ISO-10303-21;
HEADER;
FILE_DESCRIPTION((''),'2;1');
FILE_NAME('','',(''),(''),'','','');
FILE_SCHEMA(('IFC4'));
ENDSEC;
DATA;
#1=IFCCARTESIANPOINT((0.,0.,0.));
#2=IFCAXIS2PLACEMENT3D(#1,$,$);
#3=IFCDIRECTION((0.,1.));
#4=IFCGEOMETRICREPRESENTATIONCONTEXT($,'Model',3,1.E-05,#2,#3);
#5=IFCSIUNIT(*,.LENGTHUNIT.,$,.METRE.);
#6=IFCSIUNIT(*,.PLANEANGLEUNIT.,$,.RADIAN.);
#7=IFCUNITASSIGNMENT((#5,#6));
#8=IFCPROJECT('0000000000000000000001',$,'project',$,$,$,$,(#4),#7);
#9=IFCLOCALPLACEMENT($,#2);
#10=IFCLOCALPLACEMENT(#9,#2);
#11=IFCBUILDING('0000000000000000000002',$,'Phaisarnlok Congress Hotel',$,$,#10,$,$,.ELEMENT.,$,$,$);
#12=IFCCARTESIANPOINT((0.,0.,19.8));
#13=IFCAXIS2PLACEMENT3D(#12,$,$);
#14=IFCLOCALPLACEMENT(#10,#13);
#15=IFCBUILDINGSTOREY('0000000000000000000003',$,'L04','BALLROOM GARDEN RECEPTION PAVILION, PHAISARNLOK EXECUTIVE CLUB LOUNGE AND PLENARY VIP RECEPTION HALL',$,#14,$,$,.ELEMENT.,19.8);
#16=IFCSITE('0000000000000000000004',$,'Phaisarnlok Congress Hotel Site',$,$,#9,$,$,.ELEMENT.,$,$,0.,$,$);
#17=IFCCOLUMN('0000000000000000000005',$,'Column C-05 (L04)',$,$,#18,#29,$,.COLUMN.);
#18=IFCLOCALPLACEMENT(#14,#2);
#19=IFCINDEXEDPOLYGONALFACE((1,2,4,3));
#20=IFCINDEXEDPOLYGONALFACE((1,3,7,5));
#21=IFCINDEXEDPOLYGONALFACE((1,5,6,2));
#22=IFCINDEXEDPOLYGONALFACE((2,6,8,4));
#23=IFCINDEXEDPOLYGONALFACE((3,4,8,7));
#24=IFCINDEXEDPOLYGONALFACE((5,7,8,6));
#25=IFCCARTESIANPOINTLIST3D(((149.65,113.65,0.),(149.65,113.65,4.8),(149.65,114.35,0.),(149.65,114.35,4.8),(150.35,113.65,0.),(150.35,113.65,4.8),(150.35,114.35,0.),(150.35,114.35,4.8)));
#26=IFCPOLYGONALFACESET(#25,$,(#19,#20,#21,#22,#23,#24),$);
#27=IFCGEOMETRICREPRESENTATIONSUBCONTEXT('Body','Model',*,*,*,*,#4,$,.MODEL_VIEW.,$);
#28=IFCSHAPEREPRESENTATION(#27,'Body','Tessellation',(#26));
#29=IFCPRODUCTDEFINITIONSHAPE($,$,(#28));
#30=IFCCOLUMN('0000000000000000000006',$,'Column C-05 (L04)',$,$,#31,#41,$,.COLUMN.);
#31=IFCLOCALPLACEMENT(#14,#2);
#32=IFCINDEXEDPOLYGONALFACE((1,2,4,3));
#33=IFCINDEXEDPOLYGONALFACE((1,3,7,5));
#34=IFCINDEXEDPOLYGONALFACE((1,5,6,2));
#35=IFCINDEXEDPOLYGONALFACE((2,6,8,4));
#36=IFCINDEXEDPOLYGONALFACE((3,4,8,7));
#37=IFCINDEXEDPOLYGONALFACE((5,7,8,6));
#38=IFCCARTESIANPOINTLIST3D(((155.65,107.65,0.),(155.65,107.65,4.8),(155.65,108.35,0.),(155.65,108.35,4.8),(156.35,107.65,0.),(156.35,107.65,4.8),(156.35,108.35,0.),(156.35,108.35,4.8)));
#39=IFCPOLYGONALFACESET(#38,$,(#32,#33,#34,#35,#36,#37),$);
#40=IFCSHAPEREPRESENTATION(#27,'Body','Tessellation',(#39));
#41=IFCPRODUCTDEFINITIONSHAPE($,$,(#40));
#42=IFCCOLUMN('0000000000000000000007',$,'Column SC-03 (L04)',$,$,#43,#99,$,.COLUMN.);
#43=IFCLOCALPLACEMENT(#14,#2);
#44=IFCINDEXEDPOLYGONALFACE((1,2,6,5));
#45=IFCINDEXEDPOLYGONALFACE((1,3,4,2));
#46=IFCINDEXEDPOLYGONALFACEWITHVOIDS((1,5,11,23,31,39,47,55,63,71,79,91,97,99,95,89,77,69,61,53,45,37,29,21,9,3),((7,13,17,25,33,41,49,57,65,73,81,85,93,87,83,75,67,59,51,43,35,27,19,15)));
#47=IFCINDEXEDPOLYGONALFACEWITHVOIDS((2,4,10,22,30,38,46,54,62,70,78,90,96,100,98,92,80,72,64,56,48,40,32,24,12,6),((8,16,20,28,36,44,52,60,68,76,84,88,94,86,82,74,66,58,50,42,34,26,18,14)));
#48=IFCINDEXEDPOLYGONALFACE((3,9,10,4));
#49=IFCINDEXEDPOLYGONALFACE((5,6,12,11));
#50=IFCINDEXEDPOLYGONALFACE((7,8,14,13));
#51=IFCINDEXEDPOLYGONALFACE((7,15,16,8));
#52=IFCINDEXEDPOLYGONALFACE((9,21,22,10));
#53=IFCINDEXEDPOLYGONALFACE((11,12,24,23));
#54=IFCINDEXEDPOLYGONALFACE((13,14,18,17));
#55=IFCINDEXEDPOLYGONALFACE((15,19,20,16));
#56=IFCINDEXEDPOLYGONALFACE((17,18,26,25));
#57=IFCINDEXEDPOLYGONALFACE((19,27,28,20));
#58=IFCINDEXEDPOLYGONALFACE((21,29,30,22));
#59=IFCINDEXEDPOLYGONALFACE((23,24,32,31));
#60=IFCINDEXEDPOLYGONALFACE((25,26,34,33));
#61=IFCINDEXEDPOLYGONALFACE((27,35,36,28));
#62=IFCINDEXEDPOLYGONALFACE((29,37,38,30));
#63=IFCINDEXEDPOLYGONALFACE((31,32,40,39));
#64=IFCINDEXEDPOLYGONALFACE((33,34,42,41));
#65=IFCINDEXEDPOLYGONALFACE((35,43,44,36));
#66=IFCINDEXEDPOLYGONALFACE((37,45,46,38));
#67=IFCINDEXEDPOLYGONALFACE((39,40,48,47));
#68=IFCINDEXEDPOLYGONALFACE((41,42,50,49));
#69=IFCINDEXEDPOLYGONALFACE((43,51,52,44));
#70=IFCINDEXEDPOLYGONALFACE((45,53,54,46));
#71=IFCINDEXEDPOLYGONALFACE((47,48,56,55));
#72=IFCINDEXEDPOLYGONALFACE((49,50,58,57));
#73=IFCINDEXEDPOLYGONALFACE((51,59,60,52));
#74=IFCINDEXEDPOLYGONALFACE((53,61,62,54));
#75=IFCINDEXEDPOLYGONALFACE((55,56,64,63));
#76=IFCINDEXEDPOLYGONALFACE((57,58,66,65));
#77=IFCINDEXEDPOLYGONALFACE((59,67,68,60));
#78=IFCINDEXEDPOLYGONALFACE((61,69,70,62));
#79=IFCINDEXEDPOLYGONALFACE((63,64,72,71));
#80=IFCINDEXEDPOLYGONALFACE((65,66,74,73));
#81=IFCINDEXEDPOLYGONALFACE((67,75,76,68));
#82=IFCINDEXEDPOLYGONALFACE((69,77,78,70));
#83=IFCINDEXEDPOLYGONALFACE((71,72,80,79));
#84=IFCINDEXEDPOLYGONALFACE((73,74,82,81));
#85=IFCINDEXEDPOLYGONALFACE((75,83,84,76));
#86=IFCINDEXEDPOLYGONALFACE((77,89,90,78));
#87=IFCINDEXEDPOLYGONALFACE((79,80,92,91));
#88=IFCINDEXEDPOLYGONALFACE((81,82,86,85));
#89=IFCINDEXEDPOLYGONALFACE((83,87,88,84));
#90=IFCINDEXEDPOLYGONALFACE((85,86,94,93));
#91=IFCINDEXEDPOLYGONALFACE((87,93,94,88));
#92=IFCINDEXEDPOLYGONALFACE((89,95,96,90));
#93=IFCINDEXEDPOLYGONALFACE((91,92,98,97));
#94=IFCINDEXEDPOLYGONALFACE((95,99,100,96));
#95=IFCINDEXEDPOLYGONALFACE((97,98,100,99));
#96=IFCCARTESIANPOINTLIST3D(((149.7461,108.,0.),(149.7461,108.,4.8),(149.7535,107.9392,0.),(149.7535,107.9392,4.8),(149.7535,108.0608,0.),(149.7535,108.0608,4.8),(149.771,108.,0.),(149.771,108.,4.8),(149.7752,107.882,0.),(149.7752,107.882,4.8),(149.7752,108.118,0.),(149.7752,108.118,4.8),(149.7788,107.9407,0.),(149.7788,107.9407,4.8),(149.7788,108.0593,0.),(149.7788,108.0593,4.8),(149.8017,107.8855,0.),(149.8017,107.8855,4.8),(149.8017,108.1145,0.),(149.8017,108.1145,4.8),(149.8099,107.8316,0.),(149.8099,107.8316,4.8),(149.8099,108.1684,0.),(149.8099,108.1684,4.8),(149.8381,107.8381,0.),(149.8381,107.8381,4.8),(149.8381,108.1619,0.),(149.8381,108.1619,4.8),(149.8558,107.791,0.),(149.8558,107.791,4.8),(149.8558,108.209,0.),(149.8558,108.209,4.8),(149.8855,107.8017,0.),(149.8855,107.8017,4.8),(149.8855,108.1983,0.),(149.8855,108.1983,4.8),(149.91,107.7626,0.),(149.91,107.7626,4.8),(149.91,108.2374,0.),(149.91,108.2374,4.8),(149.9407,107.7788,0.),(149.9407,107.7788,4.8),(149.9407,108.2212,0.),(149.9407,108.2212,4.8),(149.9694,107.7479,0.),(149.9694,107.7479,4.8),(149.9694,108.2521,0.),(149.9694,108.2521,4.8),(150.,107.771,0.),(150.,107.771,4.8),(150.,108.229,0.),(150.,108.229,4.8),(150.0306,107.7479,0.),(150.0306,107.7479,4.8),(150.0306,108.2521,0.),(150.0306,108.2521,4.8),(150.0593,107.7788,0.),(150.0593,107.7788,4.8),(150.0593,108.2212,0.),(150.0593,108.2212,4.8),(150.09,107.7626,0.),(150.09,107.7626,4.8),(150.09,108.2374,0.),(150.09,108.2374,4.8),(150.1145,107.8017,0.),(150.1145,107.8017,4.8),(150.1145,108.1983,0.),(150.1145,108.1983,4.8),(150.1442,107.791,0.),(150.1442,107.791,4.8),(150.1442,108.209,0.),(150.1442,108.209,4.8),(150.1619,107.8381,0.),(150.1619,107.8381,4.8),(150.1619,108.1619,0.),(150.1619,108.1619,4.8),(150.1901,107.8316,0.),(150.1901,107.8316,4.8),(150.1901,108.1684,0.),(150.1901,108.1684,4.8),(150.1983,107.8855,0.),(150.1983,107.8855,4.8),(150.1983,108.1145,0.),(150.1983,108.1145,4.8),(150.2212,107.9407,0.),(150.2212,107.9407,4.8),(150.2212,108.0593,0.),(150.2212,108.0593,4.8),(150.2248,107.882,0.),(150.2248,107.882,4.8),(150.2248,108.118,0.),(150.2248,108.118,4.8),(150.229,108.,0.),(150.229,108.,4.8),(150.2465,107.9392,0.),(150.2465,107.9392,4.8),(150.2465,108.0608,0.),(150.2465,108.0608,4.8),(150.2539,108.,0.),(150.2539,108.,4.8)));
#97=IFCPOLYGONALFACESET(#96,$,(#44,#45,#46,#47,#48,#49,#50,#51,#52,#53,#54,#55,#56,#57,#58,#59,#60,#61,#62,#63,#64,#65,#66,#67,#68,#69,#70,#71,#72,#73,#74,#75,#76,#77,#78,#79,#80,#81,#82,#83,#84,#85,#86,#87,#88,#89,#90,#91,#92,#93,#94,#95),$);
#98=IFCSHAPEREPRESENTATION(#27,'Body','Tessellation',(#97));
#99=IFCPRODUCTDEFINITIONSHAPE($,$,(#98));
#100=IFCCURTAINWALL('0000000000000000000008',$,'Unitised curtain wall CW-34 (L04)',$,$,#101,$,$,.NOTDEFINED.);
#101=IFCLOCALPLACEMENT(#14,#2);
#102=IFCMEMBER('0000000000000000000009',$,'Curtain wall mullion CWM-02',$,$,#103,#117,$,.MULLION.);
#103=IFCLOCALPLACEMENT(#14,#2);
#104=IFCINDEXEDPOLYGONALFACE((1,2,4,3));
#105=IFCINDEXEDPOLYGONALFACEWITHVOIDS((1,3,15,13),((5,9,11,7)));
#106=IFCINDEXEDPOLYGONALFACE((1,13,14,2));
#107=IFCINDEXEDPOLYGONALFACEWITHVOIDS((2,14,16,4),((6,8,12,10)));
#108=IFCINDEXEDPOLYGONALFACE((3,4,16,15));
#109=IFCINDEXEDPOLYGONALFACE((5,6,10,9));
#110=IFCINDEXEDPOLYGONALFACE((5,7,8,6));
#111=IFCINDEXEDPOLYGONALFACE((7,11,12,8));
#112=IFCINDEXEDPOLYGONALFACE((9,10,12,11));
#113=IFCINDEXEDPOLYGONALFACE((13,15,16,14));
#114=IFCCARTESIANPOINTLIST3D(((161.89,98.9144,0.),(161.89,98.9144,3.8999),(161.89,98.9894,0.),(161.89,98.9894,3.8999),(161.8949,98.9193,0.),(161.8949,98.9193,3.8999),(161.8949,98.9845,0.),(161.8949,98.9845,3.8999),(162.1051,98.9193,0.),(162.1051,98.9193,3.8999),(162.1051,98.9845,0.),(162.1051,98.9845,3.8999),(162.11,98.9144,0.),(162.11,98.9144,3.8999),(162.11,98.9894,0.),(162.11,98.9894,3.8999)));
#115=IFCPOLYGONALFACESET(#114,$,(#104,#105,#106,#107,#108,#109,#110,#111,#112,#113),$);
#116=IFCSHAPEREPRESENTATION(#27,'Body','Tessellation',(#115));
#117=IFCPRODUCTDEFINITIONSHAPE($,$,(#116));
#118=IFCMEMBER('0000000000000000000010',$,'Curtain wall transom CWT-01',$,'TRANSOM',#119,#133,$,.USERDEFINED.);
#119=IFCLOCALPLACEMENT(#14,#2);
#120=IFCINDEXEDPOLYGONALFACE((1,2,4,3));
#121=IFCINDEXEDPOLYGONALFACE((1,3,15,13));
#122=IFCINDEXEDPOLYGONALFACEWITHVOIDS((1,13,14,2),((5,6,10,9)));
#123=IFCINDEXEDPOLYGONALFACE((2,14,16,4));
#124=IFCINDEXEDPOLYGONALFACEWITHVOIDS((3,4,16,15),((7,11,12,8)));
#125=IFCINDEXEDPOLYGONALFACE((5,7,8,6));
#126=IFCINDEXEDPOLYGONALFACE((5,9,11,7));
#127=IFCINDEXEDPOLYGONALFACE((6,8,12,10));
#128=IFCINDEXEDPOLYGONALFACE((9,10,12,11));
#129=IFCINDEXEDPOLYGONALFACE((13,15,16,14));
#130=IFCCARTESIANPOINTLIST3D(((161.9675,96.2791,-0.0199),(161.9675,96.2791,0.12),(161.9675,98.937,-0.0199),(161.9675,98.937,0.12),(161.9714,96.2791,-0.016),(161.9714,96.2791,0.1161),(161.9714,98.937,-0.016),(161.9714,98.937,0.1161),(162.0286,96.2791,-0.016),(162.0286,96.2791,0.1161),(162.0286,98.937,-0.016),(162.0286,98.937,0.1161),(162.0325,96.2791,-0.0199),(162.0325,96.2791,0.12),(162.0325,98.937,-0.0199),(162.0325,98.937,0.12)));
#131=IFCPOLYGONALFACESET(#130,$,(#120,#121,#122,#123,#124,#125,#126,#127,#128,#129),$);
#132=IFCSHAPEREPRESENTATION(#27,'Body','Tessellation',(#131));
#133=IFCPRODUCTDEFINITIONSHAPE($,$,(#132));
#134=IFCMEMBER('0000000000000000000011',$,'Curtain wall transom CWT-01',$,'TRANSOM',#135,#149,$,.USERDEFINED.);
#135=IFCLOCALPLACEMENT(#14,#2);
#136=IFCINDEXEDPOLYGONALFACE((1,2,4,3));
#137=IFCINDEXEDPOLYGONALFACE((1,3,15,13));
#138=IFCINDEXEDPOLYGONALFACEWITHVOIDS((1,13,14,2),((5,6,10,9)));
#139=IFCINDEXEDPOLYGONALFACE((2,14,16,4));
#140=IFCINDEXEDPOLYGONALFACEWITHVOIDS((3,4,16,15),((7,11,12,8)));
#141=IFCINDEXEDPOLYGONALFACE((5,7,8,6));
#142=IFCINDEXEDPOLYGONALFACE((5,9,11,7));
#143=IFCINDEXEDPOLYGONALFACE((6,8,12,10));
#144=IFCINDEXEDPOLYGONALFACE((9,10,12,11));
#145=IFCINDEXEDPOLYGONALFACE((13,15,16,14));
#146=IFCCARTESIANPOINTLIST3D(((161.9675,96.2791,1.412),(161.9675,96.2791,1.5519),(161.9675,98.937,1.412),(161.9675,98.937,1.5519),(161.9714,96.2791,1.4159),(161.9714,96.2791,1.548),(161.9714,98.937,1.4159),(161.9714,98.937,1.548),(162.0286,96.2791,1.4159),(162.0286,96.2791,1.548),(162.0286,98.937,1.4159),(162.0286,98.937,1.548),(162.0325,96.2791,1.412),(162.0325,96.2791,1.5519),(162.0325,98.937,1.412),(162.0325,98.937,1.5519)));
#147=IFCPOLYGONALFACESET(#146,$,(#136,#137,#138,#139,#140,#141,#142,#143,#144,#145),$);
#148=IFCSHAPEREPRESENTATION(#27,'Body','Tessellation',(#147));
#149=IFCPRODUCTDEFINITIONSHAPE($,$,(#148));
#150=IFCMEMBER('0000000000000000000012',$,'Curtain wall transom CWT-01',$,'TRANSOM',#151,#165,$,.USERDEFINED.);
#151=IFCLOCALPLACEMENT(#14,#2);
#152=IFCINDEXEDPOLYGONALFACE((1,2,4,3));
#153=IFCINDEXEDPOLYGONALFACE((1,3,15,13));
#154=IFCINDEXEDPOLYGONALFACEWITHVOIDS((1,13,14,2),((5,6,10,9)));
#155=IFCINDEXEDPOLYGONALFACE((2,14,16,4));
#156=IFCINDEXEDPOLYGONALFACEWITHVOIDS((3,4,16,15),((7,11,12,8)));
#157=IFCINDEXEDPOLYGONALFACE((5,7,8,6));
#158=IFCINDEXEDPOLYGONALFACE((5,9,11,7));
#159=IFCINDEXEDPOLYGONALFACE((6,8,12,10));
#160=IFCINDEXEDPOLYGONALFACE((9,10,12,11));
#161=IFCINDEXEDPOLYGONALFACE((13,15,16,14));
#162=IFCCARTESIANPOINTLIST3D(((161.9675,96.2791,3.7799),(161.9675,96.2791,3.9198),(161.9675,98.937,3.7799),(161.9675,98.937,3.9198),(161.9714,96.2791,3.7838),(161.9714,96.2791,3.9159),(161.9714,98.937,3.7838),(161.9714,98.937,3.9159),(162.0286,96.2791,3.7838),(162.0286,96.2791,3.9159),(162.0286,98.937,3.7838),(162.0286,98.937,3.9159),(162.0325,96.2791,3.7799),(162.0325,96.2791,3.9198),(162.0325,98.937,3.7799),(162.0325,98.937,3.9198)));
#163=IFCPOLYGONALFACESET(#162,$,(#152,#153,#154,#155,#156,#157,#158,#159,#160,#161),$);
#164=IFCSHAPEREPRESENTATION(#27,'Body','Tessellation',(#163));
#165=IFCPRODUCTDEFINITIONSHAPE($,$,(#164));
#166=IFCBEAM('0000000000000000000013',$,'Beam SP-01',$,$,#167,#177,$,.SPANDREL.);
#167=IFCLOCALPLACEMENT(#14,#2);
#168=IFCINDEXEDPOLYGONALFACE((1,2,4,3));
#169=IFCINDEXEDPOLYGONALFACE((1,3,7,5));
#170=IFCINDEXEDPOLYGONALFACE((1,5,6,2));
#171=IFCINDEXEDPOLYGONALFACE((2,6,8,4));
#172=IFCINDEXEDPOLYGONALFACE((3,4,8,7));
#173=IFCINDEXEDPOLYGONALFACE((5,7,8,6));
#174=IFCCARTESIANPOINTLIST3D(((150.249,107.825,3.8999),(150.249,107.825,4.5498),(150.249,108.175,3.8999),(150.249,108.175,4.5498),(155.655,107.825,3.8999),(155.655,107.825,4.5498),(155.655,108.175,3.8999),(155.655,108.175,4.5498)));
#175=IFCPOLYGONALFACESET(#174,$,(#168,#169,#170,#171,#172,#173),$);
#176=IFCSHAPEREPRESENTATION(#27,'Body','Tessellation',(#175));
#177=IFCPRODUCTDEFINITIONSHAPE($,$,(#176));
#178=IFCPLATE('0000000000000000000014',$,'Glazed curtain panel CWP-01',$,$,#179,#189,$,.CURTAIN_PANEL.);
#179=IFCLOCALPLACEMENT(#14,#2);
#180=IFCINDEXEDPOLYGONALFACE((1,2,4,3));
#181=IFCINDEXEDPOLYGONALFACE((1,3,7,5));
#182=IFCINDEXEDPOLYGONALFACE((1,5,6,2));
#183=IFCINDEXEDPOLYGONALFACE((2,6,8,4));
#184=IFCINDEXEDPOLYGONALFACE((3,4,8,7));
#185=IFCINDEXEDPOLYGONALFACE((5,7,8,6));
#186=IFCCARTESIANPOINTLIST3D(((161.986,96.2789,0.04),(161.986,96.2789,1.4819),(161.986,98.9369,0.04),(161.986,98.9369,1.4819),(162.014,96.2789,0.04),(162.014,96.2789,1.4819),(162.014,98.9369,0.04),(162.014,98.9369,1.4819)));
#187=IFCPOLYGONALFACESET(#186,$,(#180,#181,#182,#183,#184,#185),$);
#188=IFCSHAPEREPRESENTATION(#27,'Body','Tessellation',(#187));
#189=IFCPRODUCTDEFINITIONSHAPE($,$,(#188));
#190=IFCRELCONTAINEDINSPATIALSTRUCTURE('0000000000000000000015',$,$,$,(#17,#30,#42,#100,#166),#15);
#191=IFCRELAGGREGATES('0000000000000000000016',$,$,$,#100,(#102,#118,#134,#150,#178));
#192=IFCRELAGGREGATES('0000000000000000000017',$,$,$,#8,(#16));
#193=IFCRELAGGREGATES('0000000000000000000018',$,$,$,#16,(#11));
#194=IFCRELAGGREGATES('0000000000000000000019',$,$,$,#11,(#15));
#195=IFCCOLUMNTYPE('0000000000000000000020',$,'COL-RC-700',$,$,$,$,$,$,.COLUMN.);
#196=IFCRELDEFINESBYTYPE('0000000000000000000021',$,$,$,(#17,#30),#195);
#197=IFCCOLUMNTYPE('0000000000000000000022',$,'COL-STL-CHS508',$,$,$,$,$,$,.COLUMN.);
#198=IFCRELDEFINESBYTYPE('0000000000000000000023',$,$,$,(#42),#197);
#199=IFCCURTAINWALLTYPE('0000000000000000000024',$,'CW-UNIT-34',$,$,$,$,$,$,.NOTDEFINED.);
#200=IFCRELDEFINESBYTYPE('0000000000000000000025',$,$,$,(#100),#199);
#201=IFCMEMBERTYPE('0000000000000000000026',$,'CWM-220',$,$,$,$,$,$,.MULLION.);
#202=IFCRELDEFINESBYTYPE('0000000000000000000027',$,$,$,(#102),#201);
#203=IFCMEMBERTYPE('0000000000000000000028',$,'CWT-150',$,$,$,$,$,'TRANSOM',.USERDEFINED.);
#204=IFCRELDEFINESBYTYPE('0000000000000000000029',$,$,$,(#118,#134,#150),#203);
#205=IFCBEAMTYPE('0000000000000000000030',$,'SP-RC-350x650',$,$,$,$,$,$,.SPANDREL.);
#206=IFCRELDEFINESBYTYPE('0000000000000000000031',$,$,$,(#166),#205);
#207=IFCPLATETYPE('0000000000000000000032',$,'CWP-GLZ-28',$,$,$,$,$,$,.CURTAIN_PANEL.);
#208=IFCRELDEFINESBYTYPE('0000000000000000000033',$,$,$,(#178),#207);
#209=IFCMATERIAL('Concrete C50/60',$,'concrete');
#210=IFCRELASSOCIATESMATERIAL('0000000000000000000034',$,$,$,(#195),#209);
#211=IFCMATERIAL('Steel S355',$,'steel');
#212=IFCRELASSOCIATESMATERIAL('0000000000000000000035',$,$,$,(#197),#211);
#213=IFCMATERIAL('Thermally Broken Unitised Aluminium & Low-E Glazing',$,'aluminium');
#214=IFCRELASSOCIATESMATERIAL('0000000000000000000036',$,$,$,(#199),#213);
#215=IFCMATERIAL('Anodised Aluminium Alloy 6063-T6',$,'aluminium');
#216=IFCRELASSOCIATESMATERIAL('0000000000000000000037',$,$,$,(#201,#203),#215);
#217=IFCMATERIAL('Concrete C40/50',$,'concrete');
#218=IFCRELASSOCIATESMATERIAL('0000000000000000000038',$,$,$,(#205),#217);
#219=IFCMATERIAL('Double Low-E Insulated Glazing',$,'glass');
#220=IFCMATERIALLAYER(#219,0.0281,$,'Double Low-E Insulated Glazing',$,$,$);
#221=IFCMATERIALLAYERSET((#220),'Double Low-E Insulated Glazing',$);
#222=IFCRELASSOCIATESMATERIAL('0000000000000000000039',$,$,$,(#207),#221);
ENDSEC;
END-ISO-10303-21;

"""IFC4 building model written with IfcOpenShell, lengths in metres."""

from ifc_helpers import new_model, si_unit, direction, frame, frame_2d, origin, origin_2d, place, context, subcontext, project, spatial, rectangle, hollow_rectangle, hollow_circle, extrude, material, layer, layer_set, material_profile, profile_set, type_object, element, aggregate, save


model = new_model("IFC4")

# Units and contexts
model_context = context("Model", 3, precision=1e-05, world=origin(), true_north=direction((0.0, 1.0)))
body_context = subcontext(model_context, "Body", "Model", "MODEL_VIEW")
ifc_project = project(units=[si_unit("LENGTHUNIT", "METRE"), si_unit("PLANEANGLEUNIT", "RADIAN")], contexts=[model_context])

# Site, building, storey
site_placement = place(None, origin())
site = spatial("IfcSite", under=ifc_project, at=site_placement, Name="Phaisarnlok Congress Hotel Site", CompositionType="ELEMENT", RefElevation=0.0)
building_placement = place(site_placement, origin())
building = spatial("IfcBuilding", under=site, at=building_placement, Name="Phaisarnlok Congress Hotel", CompositionType="ELEMENT")
storey_placement = place(building_placement, frame((0.0, 0.0, 19.8)))
storey = spatial("IfcBuildingStorey", under=building, at=storey_placement, Name="L04", Description="BALLROOM GARDEN RECEPTION PAVILION, PHAISARNLOK EXECUTIVE CLUB LOUNGE AND PLENARY VIP RECEPTION HALL", CompositionType="ELEMENT", Elevation=19.8)

# Columns
ifc_material_1 = material(Name="Concrete C50/60", Category="concrete")
ifc_material_profile_1 = material_profile(ifc_material_1, rectangle(XDim=0.7, YDim=0.7, at=origin_2d()), Name="RC 700x700")
ifc_profile_set_1 = profile_set([ifc_material_profile_1], Name="Concrete C50/60")
column_type_1 = type_object("IfcColumnType", Name="COL-RC-700", PredefinedType="COLUMN", material=ifc_profile_set_1)
for number, where, z_axis, x_axis, name in (
    (1, (150.0, 114.0, 0.0), (0.0, 0.0, 1.0), (1.0, 0.0, 0.0), "Column C-05 (L04)"),
    (2, (156.0, 108.0, 0.0), (0.0, 0.0, 1.0), (1.0, 0.0, 0.0), "Column C-05 (L04)"),
):
    element("IfcColumn", number, at=place(storey_placement, frame(where, z_axis=z_axis, x_axis=x_axis)), inside=storey, type_object=column_type_1, Name=name, PredefinedType="COLUMN", context=body_context, shape_type="SweptSolid", body=[
        extrude(rectangle(XDim=0.7, YDim=0.7, at=origin_2d()), origin(), (0.0, 0.0, 1.0), 4.8),
    ])
ifc_material_2 = material(Name="Steel S355", Category="steel")
ifc_material_profile_2 = material_profile(ifc_material_2, hollow_circle(Radius=0.2539, WallThickness=0.0249, at=origin_2d()), Name="CHS 508x25")
ifc_profile_set_2 = profile_set([ifc_material_profile_2], Name="Steel S355")
column_type_2 = type_object("IfcColumnType", Name="COL-STL-CHS508", PredefinedType="COLUMN", material=ifc_profile_set_2)
column_placement = place(storey_placement, frame((150.0, 108.0, 0.0), z_axis=(0.0, 0.0, 1.0), x_axis=(1.0, 0.0, 0.0)))
element("IfcColumn", 3, at=column_placement, inside=storey, type_object=column_type_2, Name="Column SC-03 (L04)", PredefinedType="COLUMN", context=body_context, shape_type="SweptSolid", body=[
    extrude(hollow_circle(Radius=0.2539, WallThickness=0.0249, at=origin_2d()), origin(), (0.0, 0.0, 1.0), 4.8),
])

# Curtain wall, members
ifc_material_3 = material(Name="Thermally Broken Unitised Aluminium & Low-E Glazing", Category="aluminium")
curtain_wall_type = type_object("IfcCurtainWallType", Name="CW-UNIT-34", PredefinedType="NOTDEFINED", material=ifc_material_3)
curtain_wall_placement = place(storey_placement, origin())
curtain_wall = element("IfcCurtainWall", 4, at=curtain_wall_placement, inside=storey, type_object=curtain_wall_type, Name="Unitised curtain wall CW-34 (L04)", PredefinedType="NOTDEFINED")
ifc_material_4 = material(Name="Anodised Aluminium Alloy 6063-T6", Category="aluminium")
ifc_material_profile_3 = material_profile(ifc_material_4, hollow_rectangle(XDim=0.075, YDim=0.22, WallThickness=0.0049, at=origin_2d()), Name="ALU-M 75x220x5")
ifc_profile_set_3 = profile_set([ifc_material_profile_3], Name="Anodised Aluminium Alloy 6063-T6")
member_type_1 = type_object("IfcMemberType", Name="CWM-220", PredefinedType="MULLION", material=ifc_profile_set_3)
member_1_placement = place(storey_placement, frame((162.0, 98.9519, 0.0), z_axis=(0.0, 0.0, 1.0), x_axis=(0.0, -1.0, 0.0)))
member_1 = element("IfcMember", 5, at=member_1_placement, type_object=member_type_1, Name="Curtain wall mullion CWM-02", PredefinedType="MULLION", context=body_context, shape_type="SweptSolid", body=[
    extrude(hollow_rectangle(XDim=0.075, YDim=0.22, WallThickness=0.0049, at=origin_2d()), origin(), (0.0, 0.0, 1.0), 3.8999),
])
ifc_material_profile_4 = material_profile(ifc_material_4, hollow_rectangle(XDim=0.0649, YDim=0.1399, WallThickness=0.0039, at=origin_2d()), Name="ALU-T 65x140x4")
ifc_profile_set_4 = profile_set([ifc_material_profile_4], Name="Anodised Aluminium Alloy 6063-T6")
member_type_2 = type_object("IfcMemberType", Name="CWT-150", ElementType="TRANSOM", PredefinedType="USERDEFINED", material=ifc_profile_set_4)
member_2_placement = place(storey_placement, frame((162.0, 98.937, 0.05), z_axis=(0.0, -1.0, 0.0), x_axis=(1.0, 0.0, 0.0)))
member_2 = element("IfcMember", 6, at=member_2_placement, type_object=member_type_2, Name="Curtain wall transom CWT-01", ObjectType="TRANSOM", PredefinedType="USERDEFINED", context=body_context, shape_type="SweptSolid", body=[
    extrude(hollow_rectangle(XDim=0.0649, YDim=0.1399, WallThickness=0.0039, at=origin_2d()), origin(), (0.0, 0.0, 1.0), 2.658),
])
member_3_placement = place(storey_placement, frame((162.0, 98.937, 1.4819), z_axis=(0.0, -1.0, 0.0), x_axis=(1.0, 0.0, 0.0)))
member_3 = element("IfcMember", 7, at=member_3_placement, type_object=member_type_2, Name="Curtain wall transom CWT-01", ObjectType="TRANSOM", PredefinedType="USERDEFINED", context=body_context, shape_type="SweptSolid", body=[
    extrude(hollow_rectangle(XDim=0.0649, YDim=0.1399, WallThickness=0.0039, at=origin_2d()), origin(), (0.0, 0.0, 1.0), 2.658),
])
member_4_placement = place(storey_placement, frame((162.0, 98.937, 3.8499), z_axis=(0.0, -1.0, 0.0), x_axis=(1.0, 0.0, 0.0)))
member_4 = element("IfcMember", 8, at=member_4_placement, type_object=member_type_2, Name="Curtain wall transom CWT-01", ObjectType="TRANSOM", PredefinedType="USERDEFINED", context=body_context, shape_type="SweptSolid", body=[
    extrude(hollow_rectangle(XDim=0.0649, YDim=0.1399, WallThickness=0.0039, at=origin_2d()), origin(), (0.0, 0.0, 1.0), 2.658),
])

# Beam
ifc_material_5 = material(Name="Concrete C40/50", Category="concrete")
ifc_material_profile_5 = material_profile(ifc_material_5, rectangle(XDim=0.3501, YDim=0.6499, at=origin_2d()), Name="RC 350x650")
ifc_profile_set_5 = profile_set([ifc_material_profile_5], Name="Concrete C40/50")
beam_type = type_object("IfcBeamType", Name="SP-RC-350x650", PredefinedType="SPANDREL", material=ifc_profile_set_5)
beam_placement = place(storey_placement, frame((150.249, 108.0, 4.2249), z_axis=(1.0, 0.0, 0.0), x_axis=(0.0, 1.0, 0.0)))
element("IfcBeam", 9, at=beam_placement, inside=storey, type_object=beam_type, Name="Beam SP-01", PredefinedType="SPANDREL", context=body_context, shape_type="SweptSolid", body=[
    extrude(rectangle(XDim=0.3501, YDim=0.6499, at=origin_2d()), origin(), (0.0, 0.0, 1.0), 5.406),
])

# Plate
ifc_material_6 = material(Name="Double Low-E Insulated Glazing", Category="glass")
ifc_layer_1 = layer(ifc_material_6, 0.0281, Name="Double Low-E Insulated Glazing")
ifc_layer_set_1 = layer_set([ifc_layer_1], Name="Double Low-E Insulated Glazing")
plate_type_1 = type_object("IfcPlateType", Name="CWP-GLZ-28", PredefinedType="CURTAIN_PANEL", material=ifc_layer_set_1)
plate_1_placement = place(storey_placement, frame((162.0, 98.937, 0.04), z_axis=(0.0, 0.0, 1.0), x_axis=(0.0, -1.0, 0.0)))
plate_1 = element("IfcPlate", 10, at=plate_1_placement, type_object=plate_type_1, Name="Glazed curtain panel CWP-01", PredefinedType="CURTAIN_PANEL", context=body_context, shape_type="SweptSolid", body=[
    extrude(rectangle(XDim=2.658, YDim=0.0281, at=frame_2d((1.3291, 0.0))), origin(), (0.0, 0.0, 1.0), 1.4419),
])
aggregate(curtain_wall, [member_1, member_2, member_3, member_4, plate_1])

save(model, "model.ifc")
